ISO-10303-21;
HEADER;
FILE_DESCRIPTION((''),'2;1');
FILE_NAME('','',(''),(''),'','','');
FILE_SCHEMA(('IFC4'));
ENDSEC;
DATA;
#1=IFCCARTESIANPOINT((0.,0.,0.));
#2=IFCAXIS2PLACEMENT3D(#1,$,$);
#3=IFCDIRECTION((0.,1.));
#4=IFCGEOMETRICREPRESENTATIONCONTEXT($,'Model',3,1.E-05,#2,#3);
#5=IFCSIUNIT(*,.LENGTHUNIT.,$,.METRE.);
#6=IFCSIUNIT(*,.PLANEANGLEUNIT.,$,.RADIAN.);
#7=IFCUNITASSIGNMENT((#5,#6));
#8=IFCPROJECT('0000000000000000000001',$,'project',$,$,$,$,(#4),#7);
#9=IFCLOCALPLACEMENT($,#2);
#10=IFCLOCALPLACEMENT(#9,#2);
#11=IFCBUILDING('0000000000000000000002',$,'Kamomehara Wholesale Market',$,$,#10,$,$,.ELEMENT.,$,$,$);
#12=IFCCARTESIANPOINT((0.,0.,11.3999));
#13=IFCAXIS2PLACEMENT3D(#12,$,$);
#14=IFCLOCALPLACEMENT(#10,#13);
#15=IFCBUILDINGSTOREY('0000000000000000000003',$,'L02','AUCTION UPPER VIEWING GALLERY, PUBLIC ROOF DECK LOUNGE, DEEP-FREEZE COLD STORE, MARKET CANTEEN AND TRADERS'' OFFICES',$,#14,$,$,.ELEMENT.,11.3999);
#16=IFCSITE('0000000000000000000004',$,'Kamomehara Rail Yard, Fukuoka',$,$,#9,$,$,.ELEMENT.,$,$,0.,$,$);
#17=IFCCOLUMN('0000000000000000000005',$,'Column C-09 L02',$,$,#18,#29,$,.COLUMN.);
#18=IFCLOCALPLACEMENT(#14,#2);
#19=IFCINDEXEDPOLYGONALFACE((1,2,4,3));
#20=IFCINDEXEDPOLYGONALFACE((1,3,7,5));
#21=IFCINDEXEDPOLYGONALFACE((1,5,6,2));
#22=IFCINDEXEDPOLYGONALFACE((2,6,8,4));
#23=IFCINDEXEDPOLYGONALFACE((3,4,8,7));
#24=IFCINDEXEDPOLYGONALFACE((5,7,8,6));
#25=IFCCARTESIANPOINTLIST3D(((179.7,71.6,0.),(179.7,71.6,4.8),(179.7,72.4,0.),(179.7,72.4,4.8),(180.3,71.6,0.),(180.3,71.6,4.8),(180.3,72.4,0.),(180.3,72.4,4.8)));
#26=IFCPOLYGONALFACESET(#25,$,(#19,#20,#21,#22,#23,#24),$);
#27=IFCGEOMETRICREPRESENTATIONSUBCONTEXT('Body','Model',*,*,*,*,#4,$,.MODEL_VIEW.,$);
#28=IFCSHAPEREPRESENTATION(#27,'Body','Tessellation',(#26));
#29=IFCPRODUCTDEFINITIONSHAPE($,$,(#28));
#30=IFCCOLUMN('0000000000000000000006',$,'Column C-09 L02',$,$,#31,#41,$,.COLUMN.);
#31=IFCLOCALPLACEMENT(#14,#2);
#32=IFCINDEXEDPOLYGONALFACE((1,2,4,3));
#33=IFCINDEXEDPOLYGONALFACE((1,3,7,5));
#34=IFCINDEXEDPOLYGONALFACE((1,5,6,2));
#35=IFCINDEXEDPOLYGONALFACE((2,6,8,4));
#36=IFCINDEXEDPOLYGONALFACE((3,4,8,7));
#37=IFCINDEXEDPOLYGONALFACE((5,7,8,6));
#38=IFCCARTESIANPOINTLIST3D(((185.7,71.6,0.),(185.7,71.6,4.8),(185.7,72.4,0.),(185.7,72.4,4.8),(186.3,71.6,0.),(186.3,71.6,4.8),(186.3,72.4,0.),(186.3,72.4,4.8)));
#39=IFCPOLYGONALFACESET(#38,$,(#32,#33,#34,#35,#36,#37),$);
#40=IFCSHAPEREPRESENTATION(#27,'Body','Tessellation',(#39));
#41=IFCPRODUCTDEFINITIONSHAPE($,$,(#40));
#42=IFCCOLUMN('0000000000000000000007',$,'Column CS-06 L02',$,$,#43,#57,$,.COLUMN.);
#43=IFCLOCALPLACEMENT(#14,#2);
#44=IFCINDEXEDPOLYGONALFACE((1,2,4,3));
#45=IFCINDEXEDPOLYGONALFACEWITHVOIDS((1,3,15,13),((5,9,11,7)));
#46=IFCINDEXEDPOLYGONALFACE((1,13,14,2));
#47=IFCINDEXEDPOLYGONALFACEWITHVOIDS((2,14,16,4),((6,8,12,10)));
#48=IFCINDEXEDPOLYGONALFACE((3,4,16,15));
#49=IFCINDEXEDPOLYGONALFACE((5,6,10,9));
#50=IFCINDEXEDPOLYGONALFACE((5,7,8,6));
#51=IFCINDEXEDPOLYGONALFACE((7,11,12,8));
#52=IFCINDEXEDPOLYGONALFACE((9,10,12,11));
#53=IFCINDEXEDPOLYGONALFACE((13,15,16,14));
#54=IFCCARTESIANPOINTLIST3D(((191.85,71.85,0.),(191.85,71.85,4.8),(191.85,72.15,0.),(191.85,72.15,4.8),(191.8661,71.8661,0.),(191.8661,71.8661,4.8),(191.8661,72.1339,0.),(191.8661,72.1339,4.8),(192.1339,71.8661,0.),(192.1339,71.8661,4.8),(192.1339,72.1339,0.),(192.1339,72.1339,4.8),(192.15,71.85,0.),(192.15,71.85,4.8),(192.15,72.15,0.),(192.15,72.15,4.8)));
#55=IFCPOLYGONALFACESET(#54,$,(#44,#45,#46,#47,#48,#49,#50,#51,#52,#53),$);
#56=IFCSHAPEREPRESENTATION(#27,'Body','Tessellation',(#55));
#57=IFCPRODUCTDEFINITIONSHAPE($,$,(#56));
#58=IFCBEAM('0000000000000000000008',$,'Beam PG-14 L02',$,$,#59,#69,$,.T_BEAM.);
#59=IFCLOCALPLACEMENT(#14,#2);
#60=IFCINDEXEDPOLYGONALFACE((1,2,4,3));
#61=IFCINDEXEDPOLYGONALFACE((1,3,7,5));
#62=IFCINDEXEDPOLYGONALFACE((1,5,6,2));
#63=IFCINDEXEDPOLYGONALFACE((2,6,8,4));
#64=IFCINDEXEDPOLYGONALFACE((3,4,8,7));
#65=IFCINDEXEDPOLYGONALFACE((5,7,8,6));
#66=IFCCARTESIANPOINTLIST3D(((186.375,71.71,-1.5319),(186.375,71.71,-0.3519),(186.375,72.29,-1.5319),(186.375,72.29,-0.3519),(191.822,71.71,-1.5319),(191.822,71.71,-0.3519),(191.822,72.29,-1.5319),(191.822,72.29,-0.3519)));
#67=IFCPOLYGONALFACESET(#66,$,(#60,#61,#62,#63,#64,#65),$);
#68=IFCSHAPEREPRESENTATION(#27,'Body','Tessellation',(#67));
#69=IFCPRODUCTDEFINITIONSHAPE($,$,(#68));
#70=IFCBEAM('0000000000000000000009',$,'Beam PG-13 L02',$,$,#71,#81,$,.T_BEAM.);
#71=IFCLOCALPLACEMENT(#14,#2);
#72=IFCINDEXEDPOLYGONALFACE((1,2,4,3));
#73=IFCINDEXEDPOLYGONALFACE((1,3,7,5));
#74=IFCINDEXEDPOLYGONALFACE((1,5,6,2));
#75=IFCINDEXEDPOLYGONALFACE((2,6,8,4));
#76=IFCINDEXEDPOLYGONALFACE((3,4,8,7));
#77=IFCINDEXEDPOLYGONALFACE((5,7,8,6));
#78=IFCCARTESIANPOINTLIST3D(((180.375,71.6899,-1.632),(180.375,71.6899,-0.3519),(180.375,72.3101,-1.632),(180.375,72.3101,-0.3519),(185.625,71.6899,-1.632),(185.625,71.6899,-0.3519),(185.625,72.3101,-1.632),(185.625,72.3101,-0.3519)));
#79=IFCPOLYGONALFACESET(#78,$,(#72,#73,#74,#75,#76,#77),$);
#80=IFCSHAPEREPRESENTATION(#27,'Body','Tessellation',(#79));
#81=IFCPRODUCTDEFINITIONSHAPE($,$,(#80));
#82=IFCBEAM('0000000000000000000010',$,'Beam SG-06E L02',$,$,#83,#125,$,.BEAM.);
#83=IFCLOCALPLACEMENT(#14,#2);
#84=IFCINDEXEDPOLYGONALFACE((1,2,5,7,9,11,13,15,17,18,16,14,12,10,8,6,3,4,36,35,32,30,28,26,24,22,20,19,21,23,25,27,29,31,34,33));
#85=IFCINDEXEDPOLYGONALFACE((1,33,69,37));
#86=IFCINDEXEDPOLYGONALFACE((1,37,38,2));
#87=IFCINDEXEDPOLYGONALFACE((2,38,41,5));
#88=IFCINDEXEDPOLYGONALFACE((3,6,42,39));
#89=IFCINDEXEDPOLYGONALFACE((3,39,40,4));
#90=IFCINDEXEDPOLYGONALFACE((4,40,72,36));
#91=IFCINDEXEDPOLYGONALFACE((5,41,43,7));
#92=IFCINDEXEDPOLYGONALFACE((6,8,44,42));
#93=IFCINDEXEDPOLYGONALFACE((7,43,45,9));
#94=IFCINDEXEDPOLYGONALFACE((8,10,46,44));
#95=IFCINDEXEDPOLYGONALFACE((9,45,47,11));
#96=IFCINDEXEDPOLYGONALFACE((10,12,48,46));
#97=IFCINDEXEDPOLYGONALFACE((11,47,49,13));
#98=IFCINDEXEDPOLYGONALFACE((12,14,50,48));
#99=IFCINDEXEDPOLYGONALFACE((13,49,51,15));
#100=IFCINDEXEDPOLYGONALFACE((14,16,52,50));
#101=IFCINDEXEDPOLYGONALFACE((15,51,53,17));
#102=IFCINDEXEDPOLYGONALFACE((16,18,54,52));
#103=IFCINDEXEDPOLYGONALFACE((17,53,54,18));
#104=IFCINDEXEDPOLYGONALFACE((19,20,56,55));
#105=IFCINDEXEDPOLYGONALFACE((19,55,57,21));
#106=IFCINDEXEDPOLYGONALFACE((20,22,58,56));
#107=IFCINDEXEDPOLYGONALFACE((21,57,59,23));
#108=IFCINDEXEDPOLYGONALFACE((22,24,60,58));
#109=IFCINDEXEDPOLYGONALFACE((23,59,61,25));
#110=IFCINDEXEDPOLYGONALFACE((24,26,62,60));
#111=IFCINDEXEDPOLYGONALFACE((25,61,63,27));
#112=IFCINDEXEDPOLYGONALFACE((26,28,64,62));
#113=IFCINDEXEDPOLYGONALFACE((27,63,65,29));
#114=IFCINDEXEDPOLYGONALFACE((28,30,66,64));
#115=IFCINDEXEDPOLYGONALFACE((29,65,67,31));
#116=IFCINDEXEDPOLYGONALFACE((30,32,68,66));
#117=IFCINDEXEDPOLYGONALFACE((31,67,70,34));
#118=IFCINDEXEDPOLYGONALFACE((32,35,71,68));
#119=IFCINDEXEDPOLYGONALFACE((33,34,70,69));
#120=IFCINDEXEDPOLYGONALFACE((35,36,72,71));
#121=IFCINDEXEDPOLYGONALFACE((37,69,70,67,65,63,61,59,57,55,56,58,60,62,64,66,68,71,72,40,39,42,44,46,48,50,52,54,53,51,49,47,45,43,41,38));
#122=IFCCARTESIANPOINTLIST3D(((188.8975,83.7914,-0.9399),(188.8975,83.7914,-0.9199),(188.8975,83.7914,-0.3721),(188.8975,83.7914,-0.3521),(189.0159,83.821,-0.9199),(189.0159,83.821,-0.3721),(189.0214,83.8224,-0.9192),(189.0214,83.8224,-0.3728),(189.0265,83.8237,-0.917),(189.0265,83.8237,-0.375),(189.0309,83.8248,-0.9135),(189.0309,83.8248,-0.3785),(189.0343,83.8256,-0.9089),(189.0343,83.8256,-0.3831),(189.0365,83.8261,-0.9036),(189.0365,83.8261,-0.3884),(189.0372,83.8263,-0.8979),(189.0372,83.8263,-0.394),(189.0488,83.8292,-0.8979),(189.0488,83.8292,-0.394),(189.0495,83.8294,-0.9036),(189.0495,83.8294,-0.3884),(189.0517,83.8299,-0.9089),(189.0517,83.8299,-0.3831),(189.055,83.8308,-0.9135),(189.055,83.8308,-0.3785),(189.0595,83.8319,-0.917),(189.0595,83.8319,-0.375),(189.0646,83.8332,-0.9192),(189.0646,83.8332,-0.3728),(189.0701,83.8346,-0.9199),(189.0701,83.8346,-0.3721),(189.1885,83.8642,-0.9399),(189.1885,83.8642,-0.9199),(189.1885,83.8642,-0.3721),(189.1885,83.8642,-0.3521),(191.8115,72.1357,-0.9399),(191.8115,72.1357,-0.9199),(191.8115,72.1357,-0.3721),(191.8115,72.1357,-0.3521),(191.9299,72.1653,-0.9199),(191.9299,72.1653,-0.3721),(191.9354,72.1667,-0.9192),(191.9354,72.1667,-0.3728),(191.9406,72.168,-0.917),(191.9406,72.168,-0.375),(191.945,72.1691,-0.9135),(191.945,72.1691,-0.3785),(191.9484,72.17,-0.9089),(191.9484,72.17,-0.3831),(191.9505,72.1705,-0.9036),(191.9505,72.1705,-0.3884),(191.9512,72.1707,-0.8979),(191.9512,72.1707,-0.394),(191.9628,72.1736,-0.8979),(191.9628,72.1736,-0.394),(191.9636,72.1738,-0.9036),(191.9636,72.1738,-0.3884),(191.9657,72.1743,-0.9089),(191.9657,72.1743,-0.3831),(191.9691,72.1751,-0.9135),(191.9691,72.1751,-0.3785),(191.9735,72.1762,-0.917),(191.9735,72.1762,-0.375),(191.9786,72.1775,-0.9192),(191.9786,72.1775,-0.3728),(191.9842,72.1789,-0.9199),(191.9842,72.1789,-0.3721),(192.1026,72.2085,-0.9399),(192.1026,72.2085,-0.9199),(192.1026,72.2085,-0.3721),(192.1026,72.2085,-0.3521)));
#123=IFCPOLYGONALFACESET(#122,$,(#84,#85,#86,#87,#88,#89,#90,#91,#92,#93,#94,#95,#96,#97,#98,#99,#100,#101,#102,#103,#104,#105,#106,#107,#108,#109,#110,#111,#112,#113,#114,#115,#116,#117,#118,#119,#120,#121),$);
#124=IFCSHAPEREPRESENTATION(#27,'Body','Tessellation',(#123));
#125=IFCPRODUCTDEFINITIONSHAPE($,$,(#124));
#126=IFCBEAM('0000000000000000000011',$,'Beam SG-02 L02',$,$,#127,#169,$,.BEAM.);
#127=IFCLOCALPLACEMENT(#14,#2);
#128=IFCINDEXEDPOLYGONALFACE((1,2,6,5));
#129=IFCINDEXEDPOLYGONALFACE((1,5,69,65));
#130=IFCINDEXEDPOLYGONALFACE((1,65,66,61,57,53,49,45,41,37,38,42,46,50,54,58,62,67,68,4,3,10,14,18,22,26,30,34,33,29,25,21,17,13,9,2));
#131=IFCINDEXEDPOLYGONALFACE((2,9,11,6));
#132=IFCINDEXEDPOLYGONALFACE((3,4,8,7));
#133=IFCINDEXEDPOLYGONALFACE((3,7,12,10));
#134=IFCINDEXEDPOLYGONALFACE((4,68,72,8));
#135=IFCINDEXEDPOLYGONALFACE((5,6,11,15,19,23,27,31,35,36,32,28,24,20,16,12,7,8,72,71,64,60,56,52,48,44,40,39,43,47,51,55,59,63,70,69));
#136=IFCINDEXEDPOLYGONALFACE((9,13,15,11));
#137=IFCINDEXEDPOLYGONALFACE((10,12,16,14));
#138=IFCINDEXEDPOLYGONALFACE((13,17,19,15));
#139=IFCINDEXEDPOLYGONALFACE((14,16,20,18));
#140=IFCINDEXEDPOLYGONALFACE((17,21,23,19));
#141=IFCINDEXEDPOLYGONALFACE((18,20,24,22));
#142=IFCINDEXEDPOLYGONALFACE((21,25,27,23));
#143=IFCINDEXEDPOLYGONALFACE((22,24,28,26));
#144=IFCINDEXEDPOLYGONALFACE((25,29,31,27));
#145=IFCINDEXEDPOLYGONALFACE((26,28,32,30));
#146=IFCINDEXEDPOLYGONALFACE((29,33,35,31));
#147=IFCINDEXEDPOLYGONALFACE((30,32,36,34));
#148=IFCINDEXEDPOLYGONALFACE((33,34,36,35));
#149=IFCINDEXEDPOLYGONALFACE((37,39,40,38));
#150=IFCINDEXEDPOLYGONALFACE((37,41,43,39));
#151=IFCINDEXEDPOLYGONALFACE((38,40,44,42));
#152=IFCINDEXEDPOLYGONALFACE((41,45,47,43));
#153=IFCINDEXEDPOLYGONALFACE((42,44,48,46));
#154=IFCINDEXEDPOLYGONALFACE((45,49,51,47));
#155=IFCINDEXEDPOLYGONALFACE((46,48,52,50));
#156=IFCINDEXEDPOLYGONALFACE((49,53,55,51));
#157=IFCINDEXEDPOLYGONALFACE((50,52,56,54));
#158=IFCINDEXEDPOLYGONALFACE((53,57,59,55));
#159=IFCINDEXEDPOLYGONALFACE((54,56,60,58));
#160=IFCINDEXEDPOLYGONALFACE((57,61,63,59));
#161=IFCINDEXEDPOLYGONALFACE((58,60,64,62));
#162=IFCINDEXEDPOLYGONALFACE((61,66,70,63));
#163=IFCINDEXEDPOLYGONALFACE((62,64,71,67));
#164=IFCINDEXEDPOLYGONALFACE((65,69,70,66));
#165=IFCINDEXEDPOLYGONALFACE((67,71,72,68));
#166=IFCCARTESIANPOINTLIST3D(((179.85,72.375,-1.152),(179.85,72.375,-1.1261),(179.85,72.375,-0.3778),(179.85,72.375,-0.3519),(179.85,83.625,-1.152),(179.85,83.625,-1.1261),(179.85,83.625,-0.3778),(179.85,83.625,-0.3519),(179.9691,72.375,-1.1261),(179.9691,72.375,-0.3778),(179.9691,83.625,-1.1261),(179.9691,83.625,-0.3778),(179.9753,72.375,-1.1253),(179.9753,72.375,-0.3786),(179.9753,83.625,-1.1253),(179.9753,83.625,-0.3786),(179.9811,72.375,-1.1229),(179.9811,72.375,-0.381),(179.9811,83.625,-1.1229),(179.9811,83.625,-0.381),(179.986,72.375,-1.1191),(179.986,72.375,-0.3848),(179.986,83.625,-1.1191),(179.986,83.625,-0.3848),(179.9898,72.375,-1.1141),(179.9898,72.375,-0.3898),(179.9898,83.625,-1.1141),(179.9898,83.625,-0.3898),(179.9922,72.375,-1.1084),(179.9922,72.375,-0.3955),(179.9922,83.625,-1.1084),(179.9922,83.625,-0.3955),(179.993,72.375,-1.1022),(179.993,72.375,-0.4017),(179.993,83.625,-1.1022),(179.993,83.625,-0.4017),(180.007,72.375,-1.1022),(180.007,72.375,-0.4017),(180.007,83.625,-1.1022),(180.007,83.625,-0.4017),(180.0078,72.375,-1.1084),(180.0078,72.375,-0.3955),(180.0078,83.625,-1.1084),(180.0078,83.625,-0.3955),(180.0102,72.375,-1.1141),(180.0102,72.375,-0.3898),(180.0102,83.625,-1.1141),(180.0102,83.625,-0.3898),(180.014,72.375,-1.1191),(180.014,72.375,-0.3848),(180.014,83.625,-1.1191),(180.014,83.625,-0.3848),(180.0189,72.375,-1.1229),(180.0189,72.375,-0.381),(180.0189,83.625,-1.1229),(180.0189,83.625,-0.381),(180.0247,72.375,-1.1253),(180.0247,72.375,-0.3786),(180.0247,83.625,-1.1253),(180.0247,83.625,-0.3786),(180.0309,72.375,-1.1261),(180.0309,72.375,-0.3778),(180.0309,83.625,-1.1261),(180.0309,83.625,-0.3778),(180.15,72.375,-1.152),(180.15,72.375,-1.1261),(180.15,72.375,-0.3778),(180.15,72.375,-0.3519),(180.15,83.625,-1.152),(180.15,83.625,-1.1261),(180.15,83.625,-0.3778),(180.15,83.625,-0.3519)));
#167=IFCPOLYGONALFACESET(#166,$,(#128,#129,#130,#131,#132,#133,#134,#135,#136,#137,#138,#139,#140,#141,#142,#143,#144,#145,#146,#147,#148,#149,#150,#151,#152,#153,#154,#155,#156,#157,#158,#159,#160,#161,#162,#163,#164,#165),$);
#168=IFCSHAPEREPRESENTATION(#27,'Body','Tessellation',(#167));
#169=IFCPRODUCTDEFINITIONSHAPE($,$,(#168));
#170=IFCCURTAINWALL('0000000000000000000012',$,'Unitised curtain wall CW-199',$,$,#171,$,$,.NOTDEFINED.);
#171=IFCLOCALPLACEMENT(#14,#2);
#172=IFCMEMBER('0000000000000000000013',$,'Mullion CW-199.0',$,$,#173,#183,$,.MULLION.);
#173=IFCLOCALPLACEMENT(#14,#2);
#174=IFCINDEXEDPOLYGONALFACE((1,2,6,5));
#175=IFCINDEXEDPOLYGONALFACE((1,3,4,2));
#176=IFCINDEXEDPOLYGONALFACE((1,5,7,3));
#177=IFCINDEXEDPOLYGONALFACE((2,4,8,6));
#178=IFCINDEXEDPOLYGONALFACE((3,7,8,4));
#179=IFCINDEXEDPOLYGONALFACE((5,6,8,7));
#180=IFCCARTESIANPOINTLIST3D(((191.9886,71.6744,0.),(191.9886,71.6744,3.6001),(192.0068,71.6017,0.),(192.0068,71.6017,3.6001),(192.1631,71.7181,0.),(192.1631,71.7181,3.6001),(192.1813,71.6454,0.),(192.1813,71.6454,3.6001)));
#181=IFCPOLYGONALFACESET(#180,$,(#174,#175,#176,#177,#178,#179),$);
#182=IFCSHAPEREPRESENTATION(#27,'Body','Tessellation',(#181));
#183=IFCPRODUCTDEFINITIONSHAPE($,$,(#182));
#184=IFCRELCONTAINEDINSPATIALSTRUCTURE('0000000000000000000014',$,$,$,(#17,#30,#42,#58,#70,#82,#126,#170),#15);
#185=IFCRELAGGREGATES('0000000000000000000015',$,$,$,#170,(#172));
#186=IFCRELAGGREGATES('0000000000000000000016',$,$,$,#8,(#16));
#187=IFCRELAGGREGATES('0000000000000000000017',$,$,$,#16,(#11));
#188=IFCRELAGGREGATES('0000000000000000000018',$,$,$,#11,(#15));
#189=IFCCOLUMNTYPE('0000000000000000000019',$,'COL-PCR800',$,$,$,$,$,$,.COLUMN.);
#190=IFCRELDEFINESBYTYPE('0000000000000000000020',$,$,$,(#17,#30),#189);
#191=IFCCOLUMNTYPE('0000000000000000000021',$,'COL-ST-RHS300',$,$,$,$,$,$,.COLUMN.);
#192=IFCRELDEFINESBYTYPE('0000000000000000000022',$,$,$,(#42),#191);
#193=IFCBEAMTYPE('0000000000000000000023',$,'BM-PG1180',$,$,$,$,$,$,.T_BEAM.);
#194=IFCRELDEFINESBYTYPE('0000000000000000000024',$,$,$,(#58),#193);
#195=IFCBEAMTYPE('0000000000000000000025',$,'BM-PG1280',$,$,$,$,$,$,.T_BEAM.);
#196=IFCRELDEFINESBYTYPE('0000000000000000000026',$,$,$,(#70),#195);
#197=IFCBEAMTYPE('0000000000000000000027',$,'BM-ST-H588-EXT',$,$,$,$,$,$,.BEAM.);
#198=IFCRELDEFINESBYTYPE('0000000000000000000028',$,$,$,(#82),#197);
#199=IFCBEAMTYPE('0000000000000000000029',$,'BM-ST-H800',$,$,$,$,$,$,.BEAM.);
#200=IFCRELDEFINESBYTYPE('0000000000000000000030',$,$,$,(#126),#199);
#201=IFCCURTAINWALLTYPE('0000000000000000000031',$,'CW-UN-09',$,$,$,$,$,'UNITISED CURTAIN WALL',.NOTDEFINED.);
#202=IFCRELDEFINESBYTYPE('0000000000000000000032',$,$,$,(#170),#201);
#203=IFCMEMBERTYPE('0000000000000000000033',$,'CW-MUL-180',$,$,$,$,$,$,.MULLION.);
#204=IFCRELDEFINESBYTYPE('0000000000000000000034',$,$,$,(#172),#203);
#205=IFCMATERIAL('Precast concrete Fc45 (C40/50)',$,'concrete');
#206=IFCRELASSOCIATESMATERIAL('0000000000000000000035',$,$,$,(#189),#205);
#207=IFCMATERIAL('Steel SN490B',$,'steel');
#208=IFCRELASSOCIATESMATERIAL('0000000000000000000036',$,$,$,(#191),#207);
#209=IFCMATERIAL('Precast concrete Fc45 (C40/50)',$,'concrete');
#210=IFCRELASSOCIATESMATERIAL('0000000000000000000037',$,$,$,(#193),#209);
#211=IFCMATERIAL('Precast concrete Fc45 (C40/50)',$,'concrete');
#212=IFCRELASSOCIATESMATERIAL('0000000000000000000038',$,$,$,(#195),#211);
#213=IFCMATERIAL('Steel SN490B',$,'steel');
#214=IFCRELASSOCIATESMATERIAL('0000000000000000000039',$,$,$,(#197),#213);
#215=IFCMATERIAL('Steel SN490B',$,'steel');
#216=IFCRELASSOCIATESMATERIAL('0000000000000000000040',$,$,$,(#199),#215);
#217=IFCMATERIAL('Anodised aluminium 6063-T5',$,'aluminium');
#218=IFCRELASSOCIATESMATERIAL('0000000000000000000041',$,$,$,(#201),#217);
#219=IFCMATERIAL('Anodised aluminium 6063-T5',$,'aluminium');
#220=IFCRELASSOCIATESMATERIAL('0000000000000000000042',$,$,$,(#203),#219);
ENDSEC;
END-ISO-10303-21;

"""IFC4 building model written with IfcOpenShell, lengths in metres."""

from ifc_helpers import new_model, si_unit, direction, frame, origin, origin_2d, place, context, subcontext, project, spatial, rectangle, hollow_rectangle, i_section, extrude, material, material_profile, profile_set, type_object, element, aggregate, save


model = new_model("IFC4")

# Units and contexts
model_context = context("Model", 3, precision=1e-05, world=origin(), true_north=direction((0.0, 1.0)))
body_context = subcontext(model_context, "Body", "Model", "MODEL_VIEW")
ifc_project = project(units=[si_unit("LENGTHUNIT", "METRE"), si_unit("PLANEANGLEUNIT", "RADIAN")], contexts=[model_context])

# Site, building, storey
site_placement = place(None, origin())
site = spatial("IfcSite", under=ifc_project, at=site_placement, Name="Kamomehara Rail Yard, Fukuoka", CompositionType="ELEMENT", RefElevation=0.0)
building_placement = place(site_placement, origin())
building = spatial("IfcBuilding", under=site, at=building_placement, Name="Kamomehara Wholesale Market", CompositionType="ELEMENT")
storey_placement = place(building_placement, frame((0.0, 0.0, 11.3999)))
storey = spatial("IfcBuildingStorey", under=building, at=storey_placement, Name="L02", Description="AUCTION UPPER VIEWING GALLERY, PUBLIC ROOF DECK LOUNGE, DEEP-FREEZE COLD STORE, MARKET CANTEEN AND TRADERS' OFFICES", CompositionType="ELEMENT", Elevation=11.3999)

# Columns
ifc_material_1 = material(Name="Precast concrete Fc45 (C40/50)", Category="concrete")
ifc_material_profile_1 = material_profile(ifc_material_1, rectangle(XDim=0.6001, YDim=0.8, at=origin_2d()), Name="PC-COL-600x800")
ifc_profile_set_1 = profile_set([ifc_material_profile_1], Name="Precast concrete Fc45 (C40/50)")
column_type_1 = type_object("IfcColumnType", Name="COL-PCR800", PredefinedType="COLUMN", material=ifc_profile_set_1)
for number, where, z_axis, x_axis, name in (
    (1, (180.0, 72.0, 0.0), (0.0, 0.0, 1.0), (1.0, 0.0, 0.0), "Column C-09 L02"),
    (2, (186.0, 72.0, 0.0), (0.0, 0.0, 1.0), (1.0, 0.0, 0.0), "Column C-09 L02"),
):
    element("IfcColumn", number, at=place(storey_placement, frame(where, z_axis=z_axis, x_axis=x_axis)), inside=storey, type_object=column_type_1, Name=name, PredefinedType="COLUMN", context=body_context, shape_type="SweptSolid", body=[
        extrude(rectangle(XDim=0.6001, YDim=0.8, at=origin_2d()), origin(), (0.0, 0.0, 1.0), 4.8),
    ])
ifc_material_2 = material(Name="Steel SN490B", Category="steel")
ifc_material_profile_2 = material_profile(ifc_material_2, hollow_rectangle(XDim=0.3, YDim=0.3, WallThickness=0.0161, at=origin_2d()), Name="RHS-300x300x16")
ifc_profile_set_2 = profile_set([ifc_material_profile_2], Name="Steel SN490B")
column_type_2 = type_object("IfcColumnType", Name="COL-ST-RHS300", PredefinedType="COLUMN", material=ifc_profile_set_2)
column_placement = place(storey_placement, frame((192.0, 72.0, 0.0), z_axis=(0.0, 0.0, 1.0), x_axis=(1.0, 0.0, 0.0)))
element("IfcColumn", 3, at=column_placement, inside=storey, type_object=column_type_2, Name="Column CS-06 L02", PredefinedType="COLUMN", context=body_context, shape_type="SweptSolid", body=[
    extrude(hollow_rectangle(XDim=0.3, YDim=0.3, WallThickness=0.0161, at=origin_2d()), origin(), (0.0, 0.0, 1.0), 4.8),
])

# Beams
ifc_material_3 = material(Name="Precast concrete Fc45 (C40/50)", Category="concrete")
ifc_material_profile_3 = material_profile(ifc_material_3, rectangle(XDim=0.5801, YDim=1.1799, at=origin_2d()), Name="PC-GRD-580x1180")
ifc_profile_set_3 = profile_set([ifc_material_profile_3], Name="Precast concrete Fc45 (C40/50)")
beam_type_1 = type_object("IfcBeamType", Name="BM-PG1180", PredefinedType="T_BEAM", material=ifc_profile_set_3)
beam_1_placement = place(storey_placement, frame((186.375, 72.0, -0.9419), z_axis=(1.0, 0.0, 0.0), x_axis=(0.0, 1.0, 0.0)))
element("IfcBeam", 4, at=beam_1_placement, inside=storey, type_object=beam_type_1, Name="Beam PG-14 L02", PredefinedType="T_BEAM", context=body_context, shape_type="SweptSolid", body=[
    extrude(rectangle(XDim=0.5801, YDim=1.1799, at=origin_2d()), origin(), (0.0, 0.0, 1.0), 5.447),
])
ifc_material_4 = material(Name="Precast concrete Fc45 (C40/50)", Category="concrete")
ifc_material_profile_4 = material_profile(ifc_material_4, rectangle(XDim=0.6201, YDim=1.28, at=origin_2d()), Name="PC-GRD-620x1280")
ifc_profile_set_4 = profile_set([ifc_material_profile_4], Name="Precast concrete Fc45 (C40/50)")
beam_type_2 = type_object("IfcBeamType", Name="BM-PG1280", PredefinedType="T_BEAM", material=ifc_profile_set_4)
beam_2_placement = place(storey_placement, frame((180.375, 72.0, -0.9919), z_axis=(1.0, 0.0, 0.0), x_axis=(0.0, 1.0, 0.0)))
element("IfcBeam", 5, at=beam_2_placement, inside=storey, type_object=beam_type_2, Name="Beam PG-13 L02", PredefinedType="T_BEAM", context=body_context, shape_type="SweptSolid", body=[
    extrude(rectangle(XDim=0.6201, YDim=1.28, at=origin_2d()), origin(), (0.0, 0.0, 1.0), 5.25),
])
ifc_material_5 = material(Name="Steel SN490B", Category="steel")
ifc_material_profile_5 = material_profile(ifc_material_5, i_section(OverallWidth=0.3, OverallDepth=0.5879, WebThickness=0.012, FlangeThickness=0.02, FilletRadius=0.022, at=origin_2d()), Name="H-588x300x12x20")
ifc_profile_set_5 = profile_set([ifc_material_profile_5], Name="Steel SN490B")
beam_type_3 = type_object("IfcBeamType", Name="BM-ST-H588-EXT", PredefinedType="BEAM", material=ifc_profile_set_5)
beam_3_placement = place(storey_placement, frame((191.957, 72.1721, -0.646), z_axis=(-0.242545, 0.97014, 0.0), x_axis=(-0.97014, -0.242545, 0.0)))
element("IfcBeam", 6, at=beam_3_placement, inside=storey, type_object=beam_type_3, Name="Beam SG-06E L02", PredefinedType="BEAM", context=body_context, shape_type="SweptSolid", body=[
    extrude(i_section(OverallWidth=0.3, OverallDepth=0.5879, WebThickness=0.012, FlangeThickness=0.02, FilletRadius=0.022, at=origin_2d()), origin(), (0.0, 0.0, 1.0), 12.0144),
])
ifc_material_6 = material(Name="Steel SN490B", Category="steel")
ifc_material_profile_6 = material_profile(ifc_material_6, i_section(OverallWidth=0.3, OverallDepth=0.8, WebThickness=0.0139, FlangeThickness=0.0259, FilletRadius=0.0239, at=origin_2d()), Name="H-800x300x14x26")
ifc_profile_set_6 = profile_set([ifc_material_profile_6], Name="Steel SN490B")
beam_type_4 = type_object("IfcBeamType", Name="BM-ST-H800", PredefinedType="BEAM", material=ifc_profile_set_6)
beam_4_placement = place(storey_placement, frame((180.0, 72.375, -0.752), z_axis=(0.0, 1.0, 0.0), x_axis=(-1.0, 0.0, 0.0)))
element("IfcBeam", 7, at=beam_4_placement, inside=storey, type_object=beam_type_4, Name="Beam SG-02 L02", PredefinedType="BEAM", context=body_context, shape_type="SweptSolid", body=[
    extrude(i_section(OverallWidth=0.3, OverallDepth=0.8, WebThickness=0.0139, FlangeThickness=0.0259, FilletRadius=0.0239, at=origin_2d()), origin(), (0.0, 0.0, 1.0), 11.25),
])

# Curtain wall, member
ifc_material_7 = material(Name="Anodised aluminium 6063-T5", Category="aluminium")
curtain_wall_type = type_object("IfcCurtainWallType", Name="CW-UN-09", ElementType="UNITISED CURTAIN WALL", PredefinedType="NOTDEFINED", material=ifc_material_7)
curtain_wall_1_placement = place(storey_placement, origin())
curtain_wall_1 = element("IfcCurtainWall", 8, at=curtain_wall_1_placement, inside=storey, type_object=curtain_wall_type, Name="Unitised curtain wall CW-199", PredefinedType="NOTDEFINED")
ifc_material_8 = material(Name="Anodised aluminium 6063-T5", Category="aluminium")
ifc_material_profile_7 = material_profile(ifc_material_8, rectangle(XDim=0.075, YDim=0.1799, at=origin_2d()), Name="ALU-MUL-75x180")
ifc_profile_set_7 = profile_set([ifc_material_profile_7], Name="Anodised aluminium 6063-T5")
member_type_1 = type_object("IfcMemberType", Name="CW-MUL-180", PredefinedType="MULLION", material=ifc_profile_set_7)
member_1_placement = place(storey_placement, frame((192.085, 71.6599, 0.0), z_axis=(0.0, 0.0, 1.0), x_axis=(0.242618, -0.970122, 0.0)))
member_1 = element("IfcMember", 9, at=member_1_placement, type_object=member_type_1, Name="Mullion CW-199.0", PredefinedType="MULLION", context=body_context, shape_type="SweptSolid", body=[
    extrude(rectangle(XDim=0.075, YDim=0.1799, at=origin_2d()), origin(), (0.0, 0.0, 1.0), 3.6001),
])

aggregate(curtain_wall_1, [member_1])

save(model, "model.ifc")
